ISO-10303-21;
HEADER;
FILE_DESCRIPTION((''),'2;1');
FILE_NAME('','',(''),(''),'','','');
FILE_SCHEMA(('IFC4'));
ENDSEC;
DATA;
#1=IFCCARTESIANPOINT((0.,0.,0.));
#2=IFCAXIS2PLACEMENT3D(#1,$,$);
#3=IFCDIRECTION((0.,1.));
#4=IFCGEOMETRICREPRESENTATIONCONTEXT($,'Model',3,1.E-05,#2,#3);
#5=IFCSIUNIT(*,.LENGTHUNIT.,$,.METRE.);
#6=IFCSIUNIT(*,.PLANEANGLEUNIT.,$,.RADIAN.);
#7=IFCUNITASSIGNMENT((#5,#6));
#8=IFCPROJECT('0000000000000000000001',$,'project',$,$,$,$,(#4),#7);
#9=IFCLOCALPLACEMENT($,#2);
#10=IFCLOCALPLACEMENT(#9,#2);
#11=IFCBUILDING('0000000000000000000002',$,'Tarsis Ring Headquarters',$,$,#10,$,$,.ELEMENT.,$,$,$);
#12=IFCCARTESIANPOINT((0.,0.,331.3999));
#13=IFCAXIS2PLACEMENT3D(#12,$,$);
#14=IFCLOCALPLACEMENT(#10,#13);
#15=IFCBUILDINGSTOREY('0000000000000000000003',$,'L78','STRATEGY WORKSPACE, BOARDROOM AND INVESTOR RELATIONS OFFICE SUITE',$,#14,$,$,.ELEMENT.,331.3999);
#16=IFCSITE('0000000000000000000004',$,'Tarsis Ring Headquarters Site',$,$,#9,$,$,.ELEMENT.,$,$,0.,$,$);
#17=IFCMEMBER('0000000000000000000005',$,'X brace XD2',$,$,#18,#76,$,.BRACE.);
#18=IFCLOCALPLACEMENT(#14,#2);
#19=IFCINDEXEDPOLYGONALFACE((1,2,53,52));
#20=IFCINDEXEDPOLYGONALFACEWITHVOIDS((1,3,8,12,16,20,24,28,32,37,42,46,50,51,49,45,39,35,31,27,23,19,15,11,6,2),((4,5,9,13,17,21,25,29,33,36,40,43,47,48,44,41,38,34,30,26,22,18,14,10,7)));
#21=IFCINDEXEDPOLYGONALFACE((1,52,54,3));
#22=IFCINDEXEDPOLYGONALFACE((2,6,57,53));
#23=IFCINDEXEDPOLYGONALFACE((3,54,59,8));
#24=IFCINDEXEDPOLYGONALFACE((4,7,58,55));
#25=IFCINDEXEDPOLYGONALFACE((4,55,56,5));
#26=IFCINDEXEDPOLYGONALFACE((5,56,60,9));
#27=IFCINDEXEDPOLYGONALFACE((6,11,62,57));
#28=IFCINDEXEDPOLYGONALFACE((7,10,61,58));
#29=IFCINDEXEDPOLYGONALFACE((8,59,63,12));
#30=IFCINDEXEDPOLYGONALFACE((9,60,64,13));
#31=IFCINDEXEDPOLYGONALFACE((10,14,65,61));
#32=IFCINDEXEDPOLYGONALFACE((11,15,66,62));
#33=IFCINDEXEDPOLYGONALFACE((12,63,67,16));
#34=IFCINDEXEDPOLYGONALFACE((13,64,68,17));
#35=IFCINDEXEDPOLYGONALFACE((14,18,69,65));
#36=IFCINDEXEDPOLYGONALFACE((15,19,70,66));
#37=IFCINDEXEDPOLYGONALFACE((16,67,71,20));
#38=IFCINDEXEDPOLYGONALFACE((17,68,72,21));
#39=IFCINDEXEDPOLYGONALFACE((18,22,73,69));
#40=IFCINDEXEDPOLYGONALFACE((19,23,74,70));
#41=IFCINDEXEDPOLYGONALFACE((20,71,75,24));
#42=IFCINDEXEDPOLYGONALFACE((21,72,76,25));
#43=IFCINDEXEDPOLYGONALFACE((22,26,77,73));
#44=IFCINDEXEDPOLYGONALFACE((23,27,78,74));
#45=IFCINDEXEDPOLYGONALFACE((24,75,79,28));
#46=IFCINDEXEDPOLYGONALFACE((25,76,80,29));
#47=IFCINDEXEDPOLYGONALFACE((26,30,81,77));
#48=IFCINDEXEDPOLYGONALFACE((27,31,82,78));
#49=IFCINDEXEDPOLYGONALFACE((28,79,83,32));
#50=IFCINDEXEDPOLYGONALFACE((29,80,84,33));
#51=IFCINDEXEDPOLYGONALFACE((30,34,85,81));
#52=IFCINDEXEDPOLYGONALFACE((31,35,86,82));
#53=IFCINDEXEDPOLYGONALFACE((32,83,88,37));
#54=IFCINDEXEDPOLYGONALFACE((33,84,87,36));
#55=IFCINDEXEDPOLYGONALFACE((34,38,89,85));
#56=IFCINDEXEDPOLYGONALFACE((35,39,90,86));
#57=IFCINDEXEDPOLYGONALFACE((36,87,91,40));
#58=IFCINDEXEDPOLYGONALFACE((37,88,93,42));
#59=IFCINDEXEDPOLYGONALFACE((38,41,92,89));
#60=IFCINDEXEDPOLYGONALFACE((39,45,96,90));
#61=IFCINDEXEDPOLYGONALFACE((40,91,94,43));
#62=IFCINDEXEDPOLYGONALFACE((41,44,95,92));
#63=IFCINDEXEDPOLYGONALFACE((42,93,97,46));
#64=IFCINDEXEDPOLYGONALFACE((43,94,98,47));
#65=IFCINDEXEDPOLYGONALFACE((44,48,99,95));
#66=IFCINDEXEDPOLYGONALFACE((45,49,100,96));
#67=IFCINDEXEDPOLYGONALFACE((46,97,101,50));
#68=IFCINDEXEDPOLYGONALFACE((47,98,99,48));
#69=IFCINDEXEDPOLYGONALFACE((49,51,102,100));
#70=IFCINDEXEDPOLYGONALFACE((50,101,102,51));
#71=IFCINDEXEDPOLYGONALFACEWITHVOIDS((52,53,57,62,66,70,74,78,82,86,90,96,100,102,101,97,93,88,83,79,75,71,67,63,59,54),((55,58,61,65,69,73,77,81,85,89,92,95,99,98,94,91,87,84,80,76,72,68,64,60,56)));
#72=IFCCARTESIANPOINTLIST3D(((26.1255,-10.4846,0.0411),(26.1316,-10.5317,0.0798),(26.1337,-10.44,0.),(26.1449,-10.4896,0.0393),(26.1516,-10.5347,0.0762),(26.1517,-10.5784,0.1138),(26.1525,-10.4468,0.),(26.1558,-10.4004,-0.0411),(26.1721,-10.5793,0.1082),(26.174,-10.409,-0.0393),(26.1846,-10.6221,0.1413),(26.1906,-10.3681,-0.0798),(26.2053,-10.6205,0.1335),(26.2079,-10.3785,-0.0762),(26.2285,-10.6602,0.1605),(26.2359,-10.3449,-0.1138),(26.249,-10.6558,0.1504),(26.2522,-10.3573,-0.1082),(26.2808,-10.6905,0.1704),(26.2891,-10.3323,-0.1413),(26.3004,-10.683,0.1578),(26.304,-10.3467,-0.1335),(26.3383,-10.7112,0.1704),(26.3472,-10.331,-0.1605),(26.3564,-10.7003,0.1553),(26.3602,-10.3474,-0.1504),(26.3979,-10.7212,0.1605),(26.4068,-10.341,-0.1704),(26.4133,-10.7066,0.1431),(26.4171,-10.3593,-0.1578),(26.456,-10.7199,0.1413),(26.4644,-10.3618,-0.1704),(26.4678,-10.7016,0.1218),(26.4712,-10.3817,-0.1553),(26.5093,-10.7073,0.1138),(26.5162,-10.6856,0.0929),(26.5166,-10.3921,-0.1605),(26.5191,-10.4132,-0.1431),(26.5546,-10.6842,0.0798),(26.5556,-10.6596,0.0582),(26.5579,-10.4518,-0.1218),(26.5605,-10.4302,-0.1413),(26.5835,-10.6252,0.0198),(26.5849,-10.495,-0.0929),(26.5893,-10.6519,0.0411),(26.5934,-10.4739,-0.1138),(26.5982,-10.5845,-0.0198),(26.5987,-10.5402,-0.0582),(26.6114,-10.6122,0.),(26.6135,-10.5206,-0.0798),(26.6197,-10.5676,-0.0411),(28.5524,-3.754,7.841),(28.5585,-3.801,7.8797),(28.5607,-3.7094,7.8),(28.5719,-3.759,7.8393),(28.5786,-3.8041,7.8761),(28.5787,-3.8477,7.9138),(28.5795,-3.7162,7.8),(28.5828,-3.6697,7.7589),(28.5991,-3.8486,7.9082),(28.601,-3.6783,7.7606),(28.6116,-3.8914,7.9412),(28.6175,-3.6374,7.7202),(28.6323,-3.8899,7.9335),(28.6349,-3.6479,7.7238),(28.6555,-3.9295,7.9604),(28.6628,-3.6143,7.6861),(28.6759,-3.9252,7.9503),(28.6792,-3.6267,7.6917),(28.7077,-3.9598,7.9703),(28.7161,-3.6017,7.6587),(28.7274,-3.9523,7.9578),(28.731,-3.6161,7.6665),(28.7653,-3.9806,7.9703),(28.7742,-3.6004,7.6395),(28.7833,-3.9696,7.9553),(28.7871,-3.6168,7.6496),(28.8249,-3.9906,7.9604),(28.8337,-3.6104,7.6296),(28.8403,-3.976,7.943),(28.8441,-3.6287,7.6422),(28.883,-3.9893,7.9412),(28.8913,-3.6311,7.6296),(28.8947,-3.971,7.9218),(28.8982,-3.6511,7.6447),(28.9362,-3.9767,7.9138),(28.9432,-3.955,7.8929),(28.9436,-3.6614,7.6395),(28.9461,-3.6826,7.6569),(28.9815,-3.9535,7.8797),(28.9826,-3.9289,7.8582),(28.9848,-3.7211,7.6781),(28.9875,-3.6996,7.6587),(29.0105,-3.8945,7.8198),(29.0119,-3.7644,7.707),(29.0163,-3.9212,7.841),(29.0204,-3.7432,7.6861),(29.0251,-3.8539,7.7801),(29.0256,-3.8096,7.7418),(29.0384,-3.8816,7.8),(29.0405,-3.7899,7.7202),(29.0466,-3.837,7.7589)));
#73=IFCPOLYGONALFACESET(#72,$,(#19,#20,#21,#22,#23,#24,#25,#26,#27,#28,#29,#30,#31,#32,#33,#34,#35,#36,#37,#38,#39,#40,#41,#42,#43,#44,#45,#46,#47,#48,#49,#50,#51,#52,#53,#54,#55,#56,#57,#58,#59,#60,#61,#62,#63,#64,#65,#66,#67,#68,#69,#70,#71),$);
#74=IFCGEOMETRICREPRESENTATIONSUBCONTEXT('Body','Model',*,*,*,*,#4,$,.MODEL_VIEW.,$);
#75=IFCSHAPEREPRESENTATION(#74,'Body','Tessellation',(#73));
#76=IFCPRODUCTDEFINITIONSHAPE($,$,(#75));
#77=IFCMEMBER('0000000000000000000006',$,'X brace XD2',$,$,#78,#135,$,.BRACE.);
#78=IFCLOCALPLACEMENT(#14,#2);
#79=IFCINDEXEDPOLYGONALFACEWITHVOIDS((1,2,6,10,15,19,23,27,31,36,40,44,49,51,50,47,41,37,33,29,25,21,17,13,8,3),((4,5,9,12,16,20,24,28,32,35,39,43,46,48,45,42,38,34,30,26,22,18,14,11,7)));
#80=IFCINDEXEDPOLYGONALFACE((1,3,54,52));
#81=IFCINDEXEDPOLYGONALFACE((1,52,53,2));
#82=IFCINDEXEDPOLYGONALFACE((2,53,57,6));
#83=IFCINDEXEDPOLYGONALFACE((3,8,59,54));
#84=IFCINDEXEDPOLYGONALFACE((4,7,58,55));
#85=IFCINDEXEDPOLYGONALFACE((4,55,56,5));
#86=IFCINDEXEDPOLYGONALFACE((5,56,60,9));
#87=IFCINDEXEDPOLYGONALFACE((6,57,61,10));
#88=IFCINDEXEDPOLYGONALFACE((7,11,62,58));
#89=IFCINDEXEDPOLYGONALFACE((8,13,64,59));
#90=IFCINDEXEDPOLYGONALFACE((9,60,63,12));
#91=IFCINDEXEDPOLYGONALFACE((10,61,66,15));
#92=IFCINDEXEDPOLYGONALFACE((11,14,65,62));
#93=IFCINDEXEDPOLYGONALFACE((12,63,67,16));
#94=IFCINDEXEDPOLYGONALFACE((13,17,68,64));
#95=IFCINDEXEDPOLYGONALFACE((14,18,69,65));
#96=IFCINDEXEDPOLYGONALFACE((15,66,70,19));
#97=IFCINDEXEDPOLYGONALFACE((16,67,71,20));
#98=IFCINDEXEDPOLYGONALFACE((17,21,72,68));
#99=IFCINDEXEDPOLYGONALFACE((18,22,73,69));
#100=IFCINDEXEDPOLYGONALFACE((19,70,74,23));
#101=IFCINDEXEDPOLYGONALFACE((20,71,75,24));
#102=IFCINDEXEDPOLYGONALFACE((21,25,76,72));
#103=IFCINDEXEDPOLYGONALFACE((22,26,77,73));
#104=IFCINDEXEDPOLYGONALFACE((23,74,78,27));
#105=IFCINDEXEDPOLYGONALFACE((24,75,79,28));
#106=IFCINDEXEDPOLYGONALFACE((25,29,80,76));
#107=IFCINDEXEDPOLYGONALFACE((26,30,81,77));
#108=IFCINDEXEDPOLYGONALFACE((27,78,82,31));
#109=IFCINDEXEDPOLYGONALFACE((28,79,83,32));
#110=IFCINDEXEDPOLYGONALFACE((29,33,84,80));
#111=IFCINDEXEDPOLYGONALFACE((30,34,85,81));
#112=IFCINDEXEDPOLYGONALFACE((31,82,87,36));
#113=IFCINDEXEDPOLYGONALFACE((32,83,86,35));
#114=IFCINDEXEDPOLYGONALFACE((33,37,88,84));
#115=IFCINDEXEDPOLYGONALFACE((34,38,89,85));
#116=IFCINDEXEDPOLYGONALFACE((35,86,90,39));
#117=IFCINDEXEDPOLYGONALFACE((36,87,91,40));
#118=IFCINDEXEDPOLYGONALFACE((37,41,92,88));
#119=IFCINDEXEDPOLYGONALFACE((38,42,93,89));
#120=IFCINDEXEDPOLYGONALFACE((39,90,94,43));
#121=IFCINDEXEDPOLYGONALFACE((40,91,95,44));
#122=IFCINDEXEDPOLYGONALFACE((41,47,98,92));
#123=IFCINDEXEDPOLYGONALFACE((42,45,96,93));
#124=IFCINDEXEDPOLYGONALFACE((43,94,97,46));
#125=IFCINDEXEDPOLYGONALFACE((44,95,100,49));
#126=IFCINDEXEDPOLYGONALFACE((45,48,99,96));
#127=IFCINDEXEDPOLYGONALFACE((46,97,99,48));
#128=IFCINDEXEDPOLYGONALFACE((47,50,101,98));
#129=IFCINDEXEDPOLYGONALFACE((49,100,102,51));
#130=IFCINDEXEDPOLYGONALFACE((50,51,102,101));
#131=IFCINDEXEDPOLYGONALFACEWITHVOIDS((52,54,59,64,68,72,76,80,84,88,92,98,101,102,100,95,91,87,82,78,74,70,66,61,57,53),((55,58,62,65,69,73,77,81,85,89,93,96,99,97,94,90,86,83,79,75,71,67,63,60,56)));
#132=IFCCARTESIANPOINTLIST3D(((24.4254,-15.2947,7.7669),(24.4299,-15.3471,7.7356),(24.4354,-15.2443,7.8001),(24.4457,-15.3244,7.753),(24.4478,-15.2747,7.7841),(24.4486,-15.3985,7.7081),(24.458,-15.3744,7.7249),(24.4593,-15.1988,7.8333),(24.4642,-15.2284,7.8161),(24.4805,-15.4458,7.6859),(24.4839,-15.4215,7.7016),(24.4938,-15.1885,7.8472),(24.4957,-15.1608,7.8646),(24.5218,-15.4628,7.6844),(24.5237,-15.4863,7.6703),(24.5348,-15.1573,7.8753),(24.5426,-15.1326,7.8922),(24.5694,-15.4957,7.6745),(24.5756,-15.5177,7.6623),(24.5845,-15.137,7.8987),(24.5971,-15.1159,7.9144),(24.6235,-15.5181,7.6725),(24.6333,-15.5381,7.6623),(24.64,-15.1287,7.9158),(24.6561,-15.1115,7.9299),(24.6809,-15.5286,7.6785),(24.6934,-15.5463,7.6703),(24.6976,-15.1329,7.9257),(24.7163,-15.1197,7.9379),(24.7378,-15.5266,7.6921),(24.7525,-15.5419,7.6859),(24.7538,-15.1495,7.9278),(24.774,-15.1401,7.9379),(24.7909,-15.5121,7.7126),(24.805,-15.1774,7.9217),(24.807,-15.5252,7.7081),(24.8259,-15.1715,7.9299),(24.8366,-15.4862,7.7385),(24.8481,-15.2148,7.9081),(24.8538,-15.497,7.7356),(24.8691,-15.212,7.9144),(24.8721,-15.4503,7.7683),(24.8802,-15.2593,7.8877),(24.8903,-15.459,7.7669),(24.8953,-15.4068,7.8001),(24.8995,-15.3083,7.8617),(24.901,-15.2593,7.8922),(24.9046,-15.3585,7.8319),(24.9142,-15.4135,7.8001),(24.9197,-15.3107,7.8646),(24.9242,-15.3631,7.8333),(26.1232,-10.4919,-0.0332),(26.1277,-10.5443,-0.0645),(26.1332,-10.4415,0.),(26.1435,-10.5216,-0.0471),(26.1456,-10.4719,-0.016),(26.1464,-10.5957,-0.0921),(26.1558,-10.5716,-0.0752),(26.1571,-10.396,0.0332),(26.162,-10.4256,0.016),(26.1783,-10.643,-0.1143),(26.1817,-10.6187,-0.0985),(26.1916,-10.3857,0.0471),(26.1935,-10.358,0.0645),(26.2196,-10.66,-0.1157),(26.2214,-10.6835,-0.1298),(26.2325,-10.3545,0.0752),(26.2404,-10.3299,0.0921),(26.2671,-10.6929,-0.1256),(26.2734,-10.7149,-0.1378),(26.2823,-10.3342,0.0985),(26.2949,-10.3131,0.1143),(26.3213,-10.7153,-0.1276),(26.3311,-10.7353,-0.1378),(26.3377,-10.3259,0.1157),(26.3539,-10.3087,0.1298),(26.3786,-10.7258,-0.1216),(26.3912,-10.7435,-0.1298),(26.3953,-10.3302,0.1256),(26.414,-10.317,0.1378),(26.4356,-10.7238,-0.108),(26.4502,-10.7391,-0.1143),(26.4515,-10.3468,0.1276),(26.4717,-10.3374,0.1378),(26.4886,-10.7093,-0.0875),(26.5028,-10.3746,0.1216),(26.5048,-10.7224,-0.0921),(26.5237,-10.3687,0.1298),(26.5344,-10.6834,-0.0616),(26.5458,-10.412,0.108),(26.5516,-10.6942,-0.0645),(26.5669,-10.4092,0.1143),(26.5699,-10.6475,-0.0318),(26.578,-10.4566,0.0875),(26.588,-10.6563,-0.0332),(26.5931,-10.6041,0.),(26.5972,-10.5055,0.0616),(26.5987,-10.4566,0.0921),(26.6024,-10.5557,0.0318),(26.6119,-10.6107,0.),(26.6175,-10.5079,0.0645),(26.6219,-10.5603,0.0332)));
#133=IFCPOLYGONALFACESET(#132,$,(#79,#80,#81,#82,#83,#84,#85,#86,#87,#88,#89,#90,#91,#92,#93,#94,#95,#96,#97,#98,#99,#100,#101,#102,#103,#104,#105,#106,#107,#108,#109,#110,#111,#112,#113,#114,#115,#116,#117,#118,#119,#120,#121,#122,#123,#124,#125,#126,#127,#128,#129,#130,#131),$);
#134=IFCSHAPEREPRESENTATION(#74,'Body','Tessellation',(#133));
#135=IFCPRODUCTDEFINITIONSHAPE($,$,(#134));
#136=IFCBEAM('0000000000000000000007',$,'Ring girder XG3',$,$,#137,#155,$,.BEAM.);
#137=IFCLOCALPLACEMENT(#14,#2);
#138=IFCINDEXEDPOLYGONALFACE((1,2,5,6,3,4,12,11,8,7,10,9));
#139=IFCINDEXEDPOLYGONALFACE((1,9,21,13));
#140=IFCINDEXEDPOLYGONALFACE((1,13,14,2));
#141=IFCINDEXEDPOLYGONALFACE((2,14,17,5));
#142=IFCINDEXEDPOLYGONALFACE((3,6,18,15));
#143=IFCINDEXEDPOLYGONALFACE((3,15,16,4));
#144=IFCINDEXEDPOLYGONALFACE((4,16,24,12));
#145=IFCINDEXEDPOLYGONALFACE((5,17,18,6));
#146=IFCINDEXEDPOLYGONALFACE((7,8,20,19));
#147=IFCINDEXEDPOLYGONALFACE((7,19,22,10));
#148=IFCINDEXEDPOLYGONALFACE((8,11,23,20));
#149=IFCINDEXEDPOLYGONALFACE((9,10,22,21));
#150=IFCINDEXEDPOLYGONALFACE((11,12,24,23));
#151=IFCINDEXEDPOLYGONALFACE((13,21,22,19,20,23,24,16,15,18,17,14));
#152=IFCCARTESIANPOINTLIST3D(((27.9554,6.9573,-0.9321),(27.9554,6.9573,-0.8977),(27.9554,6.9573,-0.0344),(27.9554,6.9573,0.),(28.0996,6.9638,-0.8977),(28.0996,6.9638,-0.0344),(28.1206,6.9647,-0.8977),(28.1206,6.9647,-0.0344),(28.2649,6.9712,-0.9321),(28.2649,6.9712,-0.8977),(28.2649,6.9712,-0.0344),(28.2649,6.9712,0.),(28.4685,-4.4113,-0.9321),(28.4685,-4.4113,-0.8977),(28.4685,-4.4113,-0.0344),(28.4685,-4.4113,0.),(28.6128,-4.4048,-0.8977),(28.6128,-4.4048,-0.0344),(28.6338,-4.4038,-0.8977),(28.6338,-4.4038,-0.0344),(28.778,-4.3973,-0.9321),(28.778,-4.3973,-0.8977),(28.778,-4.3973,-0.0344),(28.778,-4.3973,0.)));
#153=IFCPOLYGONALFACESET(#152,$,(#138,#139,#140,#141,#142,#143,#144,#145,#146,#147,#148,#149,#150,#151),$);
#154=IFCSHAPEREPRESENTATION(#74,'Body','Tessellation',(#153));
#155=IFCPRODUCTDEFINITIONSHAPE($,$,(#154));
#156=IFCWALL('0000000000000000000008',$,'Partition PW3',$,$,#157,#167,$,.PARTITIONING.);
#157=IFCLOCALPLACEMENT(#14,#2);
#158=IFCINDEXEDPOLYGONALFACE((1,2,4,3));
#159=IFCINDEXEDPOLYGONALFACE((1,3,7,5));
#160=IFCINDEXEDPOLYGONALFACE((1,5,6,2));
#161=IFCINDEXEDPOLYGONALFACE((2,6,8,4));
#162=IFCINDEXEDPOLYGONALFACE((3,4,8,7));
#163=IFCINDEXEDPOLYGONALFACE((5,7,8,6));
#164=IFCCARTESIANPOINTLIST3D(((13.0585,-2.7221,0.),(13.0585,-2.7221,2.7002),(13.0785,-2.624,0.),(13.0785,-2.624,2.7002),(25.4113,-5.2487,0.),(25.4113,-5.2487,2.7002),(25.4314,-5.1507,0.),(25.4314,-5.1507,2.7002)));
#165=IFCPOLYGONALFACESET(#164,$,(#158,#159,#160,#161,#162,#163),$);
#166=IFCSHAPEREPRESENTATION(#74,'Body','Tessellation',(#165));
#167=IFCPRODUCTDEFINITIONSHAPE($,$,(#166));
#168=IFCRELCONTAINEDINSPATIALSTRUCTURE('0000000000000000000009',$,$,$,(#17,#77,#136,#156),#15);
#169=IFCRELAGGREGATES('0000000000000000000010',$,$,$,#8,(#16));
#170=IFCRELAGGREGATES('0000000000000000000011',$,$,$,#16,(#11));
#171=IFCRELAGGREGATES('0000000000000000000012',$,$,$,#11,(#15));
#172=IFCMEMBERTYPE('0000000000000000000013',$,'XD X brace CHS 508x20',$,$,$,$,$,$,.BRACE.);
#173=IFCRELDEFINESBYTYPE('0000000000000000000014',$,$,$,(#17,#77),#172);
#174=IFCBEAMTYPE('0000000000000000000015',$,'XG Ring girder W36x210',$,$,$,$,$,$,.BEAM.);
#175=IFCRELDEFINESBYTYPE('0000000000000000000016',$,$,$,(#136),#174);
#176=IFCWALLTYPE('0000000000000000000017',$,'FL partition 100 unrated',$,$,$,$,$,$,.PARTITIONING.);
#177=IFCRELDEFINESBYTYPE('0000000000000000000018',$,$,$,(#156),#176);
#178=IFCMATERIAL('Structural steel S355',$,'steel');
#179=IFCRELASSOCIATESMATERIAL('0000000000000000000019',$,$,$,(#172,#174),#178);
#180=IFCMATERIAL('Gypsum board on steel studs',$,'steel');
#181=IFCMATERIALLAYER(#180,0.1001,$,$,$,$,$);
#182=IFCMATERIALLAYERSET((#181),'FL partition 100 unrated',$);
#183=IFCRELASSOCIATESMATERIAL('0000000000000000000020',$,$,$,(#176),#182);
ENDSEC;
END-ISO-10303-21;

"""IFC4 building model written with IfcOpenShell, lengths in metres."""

from ifc_helpers import new_model, si_unit, direction, frame, frame_2d, origin, origin_2d, place, context, subcontext, project, spatial, rectangle, hollow_circle, i_section, extrude, material, layer, layer_set, material_profile, profile_set, type_object, element, save


model = new_model("IFC4")

# Units and contexts
model_context = context("Model", 3, precision=1e-05, world=origin(), true_north=direction((0.0, 1.0)))
body_context = subcontext(model_context, "Body", "Model", "MODEL_VIEW")
ifc_project = project(units=[si_unit("LENGTHUNIT", "METRE"), si_unit("PLANEANGLEUNIT", "RADIAN")], contexts=[model_context])

# Site, building, storey
site_placement = place(None, origin())
site = spatial("IfcSite", under=ifc_project, at=site_placement, Name="Tarsis Ring Headquarters Site", CompositionType="ELEMENT", RefElevation=0.0)
building_placement = place(site_placement, origin())
building = spatial("IfcBuilding", under=site, at=building_placement, Name="Tarsis Ring Headquarters", CompositionType="ELEMENT")
storey_placement = place(building_placement, frame((0.0, 0.0, 331.3999)))
storey = spatial("IfcBuildingStorey", under=building, at=storey_placement, Name="L78", Description="STRATEGY WORKSPACE, BOARDROOM AND INVESTOR RELATIONS OFFICE SUITE", CompositionType="ELEMENT", Elevation=331.3999)

# Shared definitions
ifc_material_1 = material(Name="Structural steel S355", Category="steel")

# Members
ifc_material_profile_1 = material_profile(ifc_material_1, hollow_circle(Radius=0.2539, WallThickness=0.02, at=origin_2d()), Name="CHS 508x20")
ifc_profile_set_1 = profile_set([ifc_material_profile_1], Name="Structural steel S355")
member_type = type_object("IfcMemberType", Name="XD X brace CHS 508x20", PredefinedType="BRACE", material=ifc_profile_set_1)
member_1_placement = place(storey_placement, frame((26.3726, -10.5261, 0.0), z_axis=(0.229296, 0.635897, 0.736925), x_axis=(-0.940712, 0.339208, 0.0)))
element("IfcMember", 1, at=member_1_placement, inside=storey, type_object=member_type, Name="X brace XD2", PredefinedType="BRACE", context=body_context, shape_type="SweptSolid", body=[
    extrude(hollow_circle(Radius=0.2539, WallThickness=0.02, at=origin_2d()), origin(), (0.0, 0.0, 1.0), 10.5845),
])
member_2_placement = place(storey_placement, frame((26.3726, -10.5261, 0.0), z_axis=(-0.182239, -0.515532, 0.837267), x_axis=(0.942826, -0.333286, 0.0)))
element("IfcMember", 2, at=member_2_placement, inside=storey, type_object=member_type, Name="X brace XD2", PredefinedType="BRACE", context=body_context, shape_type="SweptSolid", body=[
    extrude(hollow_circle(Radius=0.2539, WallThickness=0.02, at=origin_2d()), origin(), (0.0, 0.0, 1.0), 9.3162),
])

# Beam
ifc_material_profile_2 = material_profile(ifc_material_1, i_section(OverallWidth=0.3098, OverallDepth=0.9321, WebThickness=0.021, FlangeThickness=0.0344, at=origin_2d()), Name="W36x210")
ifc_profile_set_2 = profile_set([ifc_material_profile_2], Name="Structural steel S355")
beam_type_1 = type_object("IfcBeamType", Name="XG Ring girder W36x210", PredefinedType="BEAM", material=ifc_profile_set_2)
beam_1_placement = place(storey_placement, frame((28.6233, -4.4043, -0.4661), z_axis=(-0.045094, 0.998983, 0.0), x_axis=(-0.998983, -0.045094, 0.0)))
element("IfcBeam", 3, at=beam_1_placement, inside=storey, type_object=beam_type_1, Name="Ring girder XG3", PredefinedType="BEAM", context=body_context, shape_type="SweptSolid", body=[
    extrude(i_section(OverallWidth=0.3098, OverallDepth=0.9321, WebThickness=0.021, FlangeThickness=0.0344, at=origin_2d()), origin(), (0.0, 0.0, 1.0), 11.3801),
])

# Wall
ifc_material_2 = material(Name="Gypsum board on steel studs", Category="steel")
ifc_layer_1 = layer(ifc_material_2, 0.1001)
ifc_layer_set_1 = layer_set([ifc_layer_1], Name="FL partition 100 unrated")
wall_type_1 = type_object("IfcWallType", Name="FL partition 100 unrated", PredefinedType="PARTITIONING", material=ifc_layer_set_1)
wall_1_placement = place(storey_placement, frame((13.0686, -2.6731, 0.0), z_axis=(0.0, 0.0, 1.0), x_axis=(0.979716, -0.200389, 0.0)))
element("IfcWall", 4, at=wall_1_placement, inside=storey, type_object=wall_type_1, Name="Partition PW3", PredefinedType="PARTITIONING", context=body_context, shape_type="SweptSolid", body=[
    extrude(rectangle(XDim=12.6086, YDim=0.1001, at=frame_2d((6.3042, 0.0))), origin(), (0.0, 0.0, 1.0), 2.7002),
])

save(model, "model.ifc")
